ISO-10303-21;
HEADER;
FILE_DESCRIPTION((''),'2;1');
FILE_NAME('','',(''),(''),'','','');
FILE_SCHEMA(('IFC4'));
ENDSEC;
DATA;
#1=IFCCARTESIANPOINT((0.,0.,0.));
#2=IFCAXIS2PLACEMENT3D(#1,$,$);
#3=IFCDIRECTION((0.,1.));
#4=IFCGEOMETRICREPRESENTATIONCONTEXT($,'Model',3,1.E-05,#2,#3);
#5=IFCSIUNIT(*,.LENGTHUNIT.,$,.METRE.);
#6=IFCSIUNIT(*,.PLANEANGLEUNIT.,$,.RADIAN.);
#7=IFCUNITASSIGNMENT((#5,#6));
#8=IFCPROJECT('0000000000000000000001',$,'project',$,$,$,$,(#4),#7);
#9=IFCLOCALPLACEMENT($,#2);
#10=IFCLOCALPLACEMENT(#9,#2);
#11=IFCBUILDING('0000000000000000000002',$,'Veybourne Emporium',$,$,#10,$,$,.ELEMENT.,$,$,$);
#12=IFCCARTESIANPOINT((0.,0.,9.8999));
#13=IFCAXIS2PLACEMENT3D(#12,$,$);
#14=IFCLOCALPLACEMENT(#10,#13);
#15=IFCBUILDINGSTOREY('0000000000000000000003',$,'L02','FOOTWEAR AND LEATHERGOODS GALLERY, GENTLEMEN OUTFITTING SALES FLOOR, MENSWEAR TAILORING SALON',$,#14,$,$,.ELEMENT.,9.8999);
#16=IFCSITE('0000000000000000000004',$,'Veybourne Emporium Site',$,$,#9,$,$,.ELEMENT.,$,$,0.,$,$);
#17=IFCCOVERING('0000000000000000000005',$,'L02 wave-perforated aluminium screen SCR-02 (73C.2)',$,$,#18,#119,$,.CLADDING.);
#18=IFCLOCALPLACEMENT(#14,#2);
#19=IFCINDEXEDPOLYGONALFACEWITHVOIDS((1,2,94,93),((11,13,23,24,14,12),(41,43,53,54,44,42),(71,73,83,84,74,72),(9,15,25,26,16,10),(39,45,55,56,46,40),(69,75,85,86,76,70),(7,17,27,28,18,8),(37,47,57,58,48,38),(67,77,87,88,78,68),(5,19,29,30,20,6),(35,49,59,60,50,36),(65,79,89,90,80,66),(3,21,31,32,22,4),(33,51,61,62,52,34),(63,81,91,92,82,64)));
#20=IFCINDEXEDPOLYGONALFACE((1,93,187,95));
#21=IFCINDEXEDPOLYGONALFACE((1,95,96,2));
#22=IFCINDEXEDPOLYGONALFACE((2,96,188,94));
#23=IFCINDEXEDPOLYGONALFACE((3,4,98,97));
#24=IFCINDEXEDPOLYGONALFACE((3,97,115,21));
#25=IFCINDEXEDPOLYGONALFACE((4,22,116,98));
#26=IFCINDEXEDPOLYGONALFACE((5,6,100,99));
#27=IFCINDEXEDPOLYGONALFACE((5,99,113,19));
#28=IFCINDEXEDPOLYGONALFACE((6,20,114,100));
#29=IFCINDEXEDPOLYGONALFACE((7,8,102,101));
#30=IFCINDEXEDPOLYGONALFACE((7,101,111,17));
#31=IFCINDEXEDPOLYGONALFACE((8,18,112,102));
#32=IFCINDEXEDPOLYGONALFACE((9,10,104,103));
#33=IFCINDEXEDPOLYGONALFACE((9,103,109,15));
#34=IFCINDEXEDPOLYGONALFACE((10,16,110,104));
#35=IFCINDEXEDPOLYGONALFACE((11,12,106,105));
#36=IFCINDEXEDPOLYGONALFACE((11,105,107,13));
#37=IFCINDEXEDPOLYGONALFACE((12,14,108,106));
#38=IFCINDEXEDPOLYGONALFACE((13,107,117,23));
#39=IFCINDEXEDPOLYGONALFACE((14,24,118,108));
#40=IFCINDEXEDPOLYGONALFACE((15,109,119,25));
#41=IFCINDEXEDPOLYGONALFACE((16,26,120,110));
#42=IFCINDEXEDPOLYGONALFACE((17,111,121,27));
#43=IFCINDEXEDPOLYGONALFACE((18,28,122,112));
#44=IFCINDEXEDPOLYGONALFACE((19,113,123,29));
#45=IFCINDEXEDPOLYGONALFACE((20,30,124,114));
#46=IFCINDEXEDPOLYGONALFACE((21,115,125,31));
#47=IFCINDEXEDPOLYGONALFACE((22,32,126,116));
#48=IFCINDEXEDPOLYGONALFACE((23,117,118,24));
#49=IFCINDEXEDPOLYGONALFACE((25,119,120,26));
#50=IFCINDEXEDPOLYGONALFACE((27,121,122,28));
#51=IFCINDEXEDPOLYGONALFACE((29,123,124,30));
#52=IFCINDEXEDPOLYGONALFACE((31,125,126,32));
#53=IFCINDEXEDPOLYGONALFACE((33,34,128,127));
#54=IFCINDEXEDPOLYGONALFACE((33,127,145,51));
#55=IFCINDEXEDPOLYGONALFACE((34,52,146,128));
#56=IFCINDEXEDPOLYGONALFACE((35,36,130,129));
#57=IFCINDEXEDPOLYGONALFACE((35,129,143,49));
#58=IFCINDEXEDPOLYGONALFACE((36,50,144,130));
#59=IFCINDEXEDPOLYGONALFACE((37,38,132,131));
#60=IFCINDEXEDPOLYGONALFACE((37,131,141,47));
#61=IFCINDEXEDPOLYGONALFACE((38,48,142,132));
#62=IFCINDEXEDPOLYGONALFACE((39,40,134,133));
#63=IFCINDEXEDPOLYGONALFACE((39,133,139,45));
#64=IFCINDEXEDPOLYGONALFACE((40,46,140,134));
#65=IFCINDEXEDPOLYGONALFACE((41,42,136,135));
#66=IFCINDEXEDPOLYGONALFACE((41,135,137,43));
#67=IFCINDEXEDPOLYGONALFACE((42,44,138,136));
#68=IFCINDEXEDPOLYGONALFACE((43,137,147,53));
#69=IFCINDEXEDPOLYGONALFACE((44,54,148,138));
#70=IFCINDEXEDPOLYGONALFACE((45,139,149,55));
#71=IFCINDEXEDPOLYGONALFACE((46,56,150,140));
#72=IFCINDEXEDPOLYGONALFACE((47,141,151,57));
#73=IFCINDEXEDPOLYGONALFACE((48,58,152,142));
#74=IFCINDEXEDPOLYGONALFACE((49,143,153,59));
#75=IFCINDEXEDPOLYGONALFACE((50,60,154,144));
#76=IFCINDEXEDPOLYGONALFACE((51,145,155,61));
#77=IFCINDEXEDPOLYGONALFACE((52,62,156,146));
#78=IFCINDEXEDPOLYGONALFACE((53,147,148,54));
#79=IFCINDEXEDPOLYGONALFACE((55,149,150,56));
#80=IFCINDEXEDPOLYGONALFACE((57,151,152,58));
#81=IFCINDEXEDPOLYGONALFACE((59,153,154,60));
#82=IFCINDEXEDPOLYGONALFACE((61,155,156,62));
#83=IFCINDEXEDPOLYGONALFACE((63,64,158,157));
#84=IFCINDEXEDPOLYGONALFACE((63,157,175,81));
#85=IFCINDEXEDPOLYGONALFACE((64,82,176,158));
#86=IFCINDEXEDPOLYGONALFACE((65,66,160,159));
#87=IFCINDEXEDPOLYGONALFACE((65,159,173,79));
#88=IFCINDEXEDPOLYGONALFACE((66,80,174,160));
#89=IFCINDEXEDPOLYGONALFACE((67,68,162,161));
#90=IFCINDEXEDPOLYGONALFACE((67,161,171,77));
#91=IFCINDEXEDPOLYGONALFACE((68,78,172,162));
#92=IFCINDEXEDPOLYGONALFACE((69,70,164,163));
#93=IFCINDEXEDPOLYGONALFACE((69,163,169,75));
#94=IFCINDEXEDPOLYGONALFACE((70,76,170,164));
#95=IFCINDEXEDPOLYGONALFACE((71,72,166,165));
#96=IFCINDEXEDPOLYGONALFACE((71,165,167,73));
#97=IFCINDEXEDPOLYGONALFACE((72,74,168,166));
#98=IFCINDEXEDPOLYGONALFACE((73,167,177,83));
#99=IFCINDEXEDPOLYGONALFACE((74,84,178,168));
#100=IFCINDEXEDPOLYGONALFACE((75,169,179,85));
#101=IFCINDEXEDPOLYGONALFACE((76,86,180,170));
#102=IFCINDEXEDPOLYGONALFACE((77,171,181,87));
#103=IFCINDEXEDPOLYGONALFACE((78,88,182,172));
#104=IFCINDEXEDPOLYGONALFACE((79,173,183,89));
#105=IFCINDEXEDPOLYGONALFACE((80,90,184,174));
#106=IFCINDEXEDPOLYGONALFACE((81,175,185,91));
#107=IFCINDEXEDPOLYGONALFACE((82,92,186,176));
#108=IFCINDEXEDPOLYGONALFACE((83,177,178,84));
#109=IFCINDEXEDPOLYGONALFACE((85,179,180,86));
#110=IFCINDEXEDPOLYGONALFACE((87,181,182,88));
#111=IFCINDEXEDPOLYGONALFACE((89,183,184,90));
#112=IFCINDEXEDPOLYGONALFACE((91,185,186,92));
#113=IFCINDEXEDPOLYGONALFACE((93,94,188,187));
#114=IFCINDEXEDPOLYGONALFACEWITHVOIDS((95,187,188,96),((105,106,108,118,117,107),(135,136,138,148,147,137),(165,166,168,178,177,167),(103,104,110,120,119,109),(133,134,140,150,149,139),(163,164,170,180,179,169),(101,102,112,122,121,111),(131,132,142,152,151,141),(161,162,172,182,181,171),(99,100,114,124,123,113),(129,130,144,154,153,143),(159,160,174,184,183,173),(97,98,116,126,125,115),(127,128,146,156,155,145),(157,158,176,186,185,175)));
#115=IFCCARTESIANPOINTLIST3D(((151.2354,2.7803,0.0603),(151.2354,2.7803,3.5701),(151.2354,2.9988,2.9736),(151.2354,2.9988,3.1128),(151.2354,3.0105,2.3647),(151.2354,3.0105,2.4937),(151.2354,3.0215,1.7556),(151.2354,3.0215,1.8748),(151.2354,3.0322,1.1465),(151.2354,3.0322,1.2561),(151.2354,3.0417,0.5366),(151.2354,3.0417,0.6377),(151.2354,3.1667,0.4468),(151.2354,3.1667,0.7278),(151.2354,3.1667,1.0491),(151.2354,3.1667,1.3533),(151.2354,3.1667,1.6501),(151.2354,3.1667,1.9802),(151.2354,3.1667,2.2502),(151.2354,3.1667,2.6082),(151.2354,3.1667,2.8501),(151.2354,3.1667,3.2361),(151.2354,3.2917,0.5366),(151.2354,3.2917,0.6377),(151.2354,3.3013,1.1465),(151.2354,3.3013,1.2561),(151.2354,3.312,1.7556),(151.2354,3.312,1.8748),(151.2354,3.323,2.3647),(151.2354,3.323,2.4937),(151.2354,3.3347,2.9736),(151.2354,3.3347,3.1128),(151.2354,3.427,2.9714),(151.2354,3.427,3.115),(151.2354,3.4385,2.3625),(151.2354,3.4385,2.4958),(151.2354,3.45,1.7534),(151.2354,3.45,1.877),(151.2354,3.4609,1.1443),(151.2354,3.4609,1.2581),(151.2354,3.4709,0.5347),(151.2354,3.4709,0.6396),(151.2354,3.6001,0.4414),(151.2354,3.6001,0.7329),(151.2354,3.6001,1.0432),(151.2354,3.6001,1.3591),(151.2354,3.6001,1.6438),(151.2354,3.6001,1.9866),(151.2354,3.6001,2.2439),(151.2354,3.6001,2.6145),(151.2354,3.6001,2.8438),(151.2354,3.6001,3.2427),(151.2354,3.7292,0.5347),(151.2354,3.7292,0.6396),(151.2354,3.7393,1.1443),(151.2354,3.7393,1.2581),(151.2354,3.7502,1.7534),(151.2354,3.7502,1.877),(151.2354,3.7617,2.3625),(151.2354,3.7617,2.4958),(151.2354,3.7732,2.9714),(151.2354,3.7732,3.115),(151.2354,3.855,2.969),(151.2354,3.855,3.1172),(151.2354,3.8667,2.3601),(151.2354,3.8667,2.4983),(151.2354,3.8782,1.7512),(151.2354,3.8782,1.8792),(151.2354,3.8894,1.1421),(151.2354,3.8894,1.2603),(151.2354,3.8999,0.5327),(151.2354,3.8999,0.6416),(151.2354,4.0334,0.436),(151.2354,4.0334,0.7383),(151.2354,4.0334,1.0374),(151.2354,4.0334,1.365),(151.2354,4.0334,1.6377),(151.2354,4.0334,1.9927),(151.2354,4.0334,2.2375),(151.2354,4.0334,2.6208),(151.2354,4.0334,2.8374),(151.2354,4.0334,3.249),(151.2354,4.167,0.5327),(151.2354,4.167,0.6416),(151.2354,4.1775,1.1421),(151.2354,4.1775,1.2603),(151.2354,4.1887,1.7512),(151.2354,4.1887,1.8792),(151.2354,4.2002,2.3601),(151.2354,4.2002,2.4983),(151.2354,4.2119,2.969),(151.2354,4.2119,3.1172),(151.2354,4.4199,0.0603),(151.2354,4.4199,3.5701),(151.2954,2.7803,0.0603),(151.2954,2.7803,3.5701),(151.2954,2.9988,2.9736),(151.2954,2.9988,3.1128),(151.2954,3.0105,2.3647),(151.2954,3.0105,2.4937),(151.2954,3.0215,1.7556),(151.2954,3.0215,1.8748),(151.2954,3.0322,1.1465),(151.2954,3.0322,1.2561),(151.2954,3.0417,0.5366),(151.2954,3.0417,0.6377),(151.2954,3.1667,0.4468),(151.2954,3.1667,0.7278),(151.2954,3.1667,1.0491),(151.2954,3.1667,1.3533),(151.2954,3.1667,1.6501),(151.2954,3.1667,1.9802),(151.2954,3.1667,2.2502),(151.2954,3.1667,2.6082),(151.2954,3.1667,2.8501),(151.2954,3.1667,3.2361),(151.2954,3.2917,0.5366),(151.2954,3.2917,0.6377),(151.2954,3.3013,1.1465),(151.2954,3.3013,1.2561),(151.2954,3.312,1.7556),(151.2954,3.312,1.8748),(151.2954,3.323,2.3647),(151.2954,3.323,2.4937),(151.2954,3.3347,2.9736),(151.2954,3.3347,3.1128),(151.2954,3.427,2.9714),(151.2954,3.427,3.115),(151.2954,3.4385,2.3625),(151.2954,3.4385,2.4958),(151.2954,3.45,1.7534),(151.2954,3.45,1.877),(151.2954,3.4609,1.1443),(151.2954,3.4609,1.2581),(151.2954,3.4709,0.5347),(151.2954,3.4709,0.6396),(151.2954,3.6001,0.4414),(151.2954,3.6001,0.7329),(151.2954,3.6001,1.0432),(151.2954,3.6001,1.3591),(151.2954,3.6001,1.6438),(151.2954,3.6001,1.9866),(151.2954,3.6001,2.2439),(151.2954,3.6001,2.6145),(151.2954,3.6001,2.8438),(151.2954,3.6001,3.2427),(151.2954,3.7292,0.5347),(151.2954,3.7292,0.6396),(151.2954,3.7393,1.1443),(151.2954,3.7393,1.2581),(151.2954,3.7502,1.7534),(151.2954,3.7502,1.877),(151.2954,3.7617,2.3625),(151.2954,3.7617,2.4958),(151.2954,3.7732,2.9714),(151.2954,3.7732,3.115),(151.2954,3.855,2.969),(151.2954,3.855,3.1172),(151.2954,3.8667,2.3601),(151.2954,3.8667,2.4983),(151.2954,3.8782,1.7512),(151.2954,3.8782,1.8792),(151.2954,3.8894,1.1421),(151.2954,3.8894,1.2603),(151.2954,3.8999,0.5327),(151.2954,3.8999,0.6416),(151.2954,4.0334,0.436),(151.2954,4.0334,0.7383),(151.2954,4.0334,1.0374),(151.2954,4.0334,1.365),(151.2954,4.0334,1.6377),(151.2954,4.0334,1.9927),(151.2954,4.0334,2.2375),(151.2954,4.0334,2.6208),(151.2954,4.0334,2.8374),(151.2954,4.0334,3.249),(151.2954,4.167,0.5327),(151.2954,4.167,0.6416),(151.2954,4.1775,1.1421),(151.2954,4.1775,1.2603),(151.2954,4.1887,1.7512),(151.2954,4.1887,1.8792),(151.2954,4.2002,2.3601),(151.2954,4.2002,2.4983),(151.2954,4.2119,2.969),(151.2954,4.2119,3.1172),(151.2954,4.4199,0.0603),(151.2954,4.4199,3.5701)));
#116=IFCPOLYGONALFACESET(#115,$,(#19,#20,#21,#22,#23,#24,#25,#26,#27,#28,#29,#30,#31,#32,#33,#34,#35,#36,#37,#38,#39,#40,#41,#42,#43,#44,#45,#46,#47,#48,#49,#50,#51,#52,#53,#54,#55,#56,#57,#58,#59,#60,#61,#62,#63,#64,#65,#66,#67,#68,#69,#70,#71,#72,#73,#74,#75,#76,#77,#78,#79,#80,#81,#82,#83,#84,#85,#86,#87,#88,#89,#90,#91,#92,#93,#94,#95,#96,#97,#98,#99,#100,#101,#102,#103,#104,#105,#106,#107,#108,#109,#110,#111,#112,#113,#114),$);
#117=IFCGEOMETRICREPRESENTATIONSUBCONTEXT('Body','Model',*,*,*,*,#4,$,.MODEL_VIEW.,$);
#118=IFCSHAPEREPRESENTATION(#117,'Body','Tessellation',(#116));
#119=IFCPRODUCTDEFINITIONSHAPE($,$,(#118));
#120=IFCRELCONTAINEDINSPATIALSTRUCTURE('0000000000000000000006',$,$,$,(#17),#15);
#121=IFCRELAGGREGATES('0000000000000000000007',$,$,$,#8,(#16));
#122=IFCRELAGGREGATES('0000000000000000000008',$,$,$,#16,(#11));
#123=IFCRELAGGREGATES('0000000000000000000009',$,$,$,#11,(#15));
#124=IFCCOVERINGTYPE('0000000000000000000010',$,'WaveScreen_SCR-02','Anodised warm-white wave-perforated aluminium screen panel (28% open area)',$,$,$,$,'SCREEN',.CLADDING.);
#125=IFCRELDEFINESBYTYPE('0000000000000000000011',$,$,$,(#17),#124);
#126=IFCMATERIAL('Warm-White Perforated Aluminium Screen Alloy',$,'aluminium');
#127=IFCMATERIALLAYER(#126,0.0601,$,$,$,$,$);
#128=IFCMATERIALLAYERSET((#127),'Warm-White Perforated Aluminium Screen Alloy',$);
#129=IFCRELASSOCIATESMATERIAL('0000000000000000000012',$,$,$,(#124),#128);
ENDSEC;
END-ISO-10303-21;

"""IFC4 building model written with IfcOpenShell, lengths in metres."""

from ifc_helpers import new_model, si_unit, direction, frame, origin, place, context, subcontext, project, spatial, polyline, outline, extrude, material, layer, layer_set, type_object, element, save


model = new_model("IFC4")

# Units and contexts
model_context = context("Model", 3, precision=1e-05, world=origin(), true_north=direction((0.0, 1.0)))
body_context = subcontext(model_context, "Body", "Model", "MODEL_VIEW")
ifc_project = project(units=[si_unit("LENGTHUNIT", "METRE"), si_unit("PLANEANGLEUNIT", "RADIAN")], contexts=[model_context])

# Site, building, storey
site_placement = place(None, origin())
site = spatial("IfcSite", under=ifc_project, at=site_placement, Name="Veybourne Emporium Site", CompositionType="ELEMENT", RefElevation=0.0)
building_placement = place(site_placement, origin())
building = spatial("IfcBuilding", under=site, at=building_placement, Name="Veybourne Emporium", CompositionType="ELEMENT")
storey_placement = place(building_placement, frame((0.0, 0.0, 9.8999)))
storey = spatial("IfcBuildingStorey", under=building, at=storey_placement, Name="L02", Description="FOOTWEAR AND LEATHERGOODS GALLERY, GENTLEMEN OUTFITTING SALES FLOOR, MENSWEAR TAILORING SALON", CompositionType="ELEMENT", Elevation=9.8999)

# Covering
ifc_material_1 = material(Name="Warm-White Perforated Aluminium Screen Alloy", Category="aluminium")
ifc_layer_1 = layer(ifc_material_1, 0.0601)
ifc_layer_set_1 = layer_set([ifc_layer_1], Name="Warm-White Perforated Aluminium Screen Alloy")
covering_type_1 = type_object("IfcCoveringType", Name="WaveScreen_SCR-02", Description="Anodised warm-white wave-perforated aluminium screen panel (28% open area)", ElementType="SCREEN", PredefinedType="CLADDING", material=ifc_layer_set_1)
covering_1_placement = place(storey_placement, frame((151.2954, 3.6001, 1.8152), z_axis=(-1.0, 0.0, 0.0), x_axis=(0.0, -1.0, 0.0)))
element("IfcCovering", 1, at=covering_1_placement, inside=storey, type_object=covering_type_1, Name="L02 wave-perforated aluminium screen SCR-02 (73C.2)", PredefinedType="CLADDING", context=body_context, shape_type="SweptSolid", body=[
    extrude(outline(polyline([(-0.8198, -1.7549), (0.8198, -1.7549), (0.8198, 1.7549), (-0.8198, 1.7549), (-0.8198, -1.7549)]), holes=[polyline([(-0.4333, -1.0769), (-0.2998, -1.1736), (-0.2998, -1.2825), (-0.4333, -1.3792), (-0.5669, -1.2825), (-0.5669, -1.1736), (-0.4333, -1.0769)]), polyline([(-0.4333, -0.4502), (-0.2893, -0.5549), (-0.2893, -0.6731), (-0.4333, -0.7778), (-0.5774, -0.6731), (-0.5774, -0.5549), (-0.4333, -0.4502)]), polyline([(-0.4333, 0.1775), (-0.2781, 0.064), (-0.2781, -0.064), (-0.4333, -0.1775), (-0.5886, -0.064), (-0.5886, 0.064), (-0.4333, 0.1775)]), polyline([(-0.4333, 0.8057), (-0.2666, 0.6831), (-0.2666, 0.5449), (-0.4333, 0.4224), (-0.6001, 0.5449), (-0.6001, 0.6831), (-0.4333, 0.8057)]), polyline([(-0.4333, 1.4338), (-0.2549, 1.302), (-0.2549, 1.1538), (-0.4333, 1.0222), (-0.6118, 1.1538), (-0.6118, 1.302), (-0.4333, 1.4338)]), polyline([(0.0, -1.0823), (0.1292, -1.1755), (0.1292, -1.2805), (0.0, -1.3738), (-0.1292, -1.2805), (-0.1292, -1.1755), (0.0, -1.0823)]), polyline([(0.0, -0.4561), (0.1392, -0.5571), (0.1392, -0.6709), (0.0, -0.772), (-0.1392, -0.6709), (-0.1392, -0.5571), (0.0, -0.4561)]), polyline([(0.0, 0.1714), (0.1501, 0.0618), (0.1501, -0.0618), (0.0, -0.1714), (-0.1501, -0.0618), (-0.1501, 0.0618), (0.0, 0.1714)]), polyline([(0.0, 0.7993), (0.1616, 0.6807), (0.1616, 0.5474), (0.0, 0.4287), (-0.1616, 0.5474), (-0.1616, 0.6807), (0.0, 0.7993)]), polyline([(0.0, 1.4275), (0.1731, 1.2998), (0.1731, 1.1562), (0.0, 1.0286), (-0.1731, 1.1562), (-0.1731, 1.2998), (0.0, 1.4275)]), polyline([(0.4333, -1.0874), (0.5583, -1.1775), (0.5583, -1.2786), (0.4333, -1.3684), (0.3083, -1.2786), (0.3083, -1.1775), (0.4333, -1.0874)]), polyline([(0.4333, -0.4619), (0.5679, -0.5591), (0.5679, -0.6687), (0.4333, -0.7661), (0.2988, -0.6687), (0.2988, -0.5591), (0.4333, -0.4619)]), polyline([(0.4333, 0.165), (0.5786, 0.0596), (0.5786, -0.0596), (0.4333, -0.165), (0.2881, -0.0596), (0.2881, 0.0596), (0.4333, 0.165)]), polyline([(0.4333, 0.793), (0.5896, 0.6785), (0.5896, 0.5496), (0.4333, 0.4351), (0.2771, 0.5496), (0.2771, 0.6785), (0.4333, 0.793)]), polyline([(0.4333, 1.4209), (0.6013, 1.2976), (0.6013, 1.1584), (0.4333, 1.0349), (0.2654, 1.1584), (0.2654, 1.2976), (0.4333, 1.4209)])]), origin(), (0.0, 0.0, 1.0), 0.0601),
])

save(model, "model.ifc")
